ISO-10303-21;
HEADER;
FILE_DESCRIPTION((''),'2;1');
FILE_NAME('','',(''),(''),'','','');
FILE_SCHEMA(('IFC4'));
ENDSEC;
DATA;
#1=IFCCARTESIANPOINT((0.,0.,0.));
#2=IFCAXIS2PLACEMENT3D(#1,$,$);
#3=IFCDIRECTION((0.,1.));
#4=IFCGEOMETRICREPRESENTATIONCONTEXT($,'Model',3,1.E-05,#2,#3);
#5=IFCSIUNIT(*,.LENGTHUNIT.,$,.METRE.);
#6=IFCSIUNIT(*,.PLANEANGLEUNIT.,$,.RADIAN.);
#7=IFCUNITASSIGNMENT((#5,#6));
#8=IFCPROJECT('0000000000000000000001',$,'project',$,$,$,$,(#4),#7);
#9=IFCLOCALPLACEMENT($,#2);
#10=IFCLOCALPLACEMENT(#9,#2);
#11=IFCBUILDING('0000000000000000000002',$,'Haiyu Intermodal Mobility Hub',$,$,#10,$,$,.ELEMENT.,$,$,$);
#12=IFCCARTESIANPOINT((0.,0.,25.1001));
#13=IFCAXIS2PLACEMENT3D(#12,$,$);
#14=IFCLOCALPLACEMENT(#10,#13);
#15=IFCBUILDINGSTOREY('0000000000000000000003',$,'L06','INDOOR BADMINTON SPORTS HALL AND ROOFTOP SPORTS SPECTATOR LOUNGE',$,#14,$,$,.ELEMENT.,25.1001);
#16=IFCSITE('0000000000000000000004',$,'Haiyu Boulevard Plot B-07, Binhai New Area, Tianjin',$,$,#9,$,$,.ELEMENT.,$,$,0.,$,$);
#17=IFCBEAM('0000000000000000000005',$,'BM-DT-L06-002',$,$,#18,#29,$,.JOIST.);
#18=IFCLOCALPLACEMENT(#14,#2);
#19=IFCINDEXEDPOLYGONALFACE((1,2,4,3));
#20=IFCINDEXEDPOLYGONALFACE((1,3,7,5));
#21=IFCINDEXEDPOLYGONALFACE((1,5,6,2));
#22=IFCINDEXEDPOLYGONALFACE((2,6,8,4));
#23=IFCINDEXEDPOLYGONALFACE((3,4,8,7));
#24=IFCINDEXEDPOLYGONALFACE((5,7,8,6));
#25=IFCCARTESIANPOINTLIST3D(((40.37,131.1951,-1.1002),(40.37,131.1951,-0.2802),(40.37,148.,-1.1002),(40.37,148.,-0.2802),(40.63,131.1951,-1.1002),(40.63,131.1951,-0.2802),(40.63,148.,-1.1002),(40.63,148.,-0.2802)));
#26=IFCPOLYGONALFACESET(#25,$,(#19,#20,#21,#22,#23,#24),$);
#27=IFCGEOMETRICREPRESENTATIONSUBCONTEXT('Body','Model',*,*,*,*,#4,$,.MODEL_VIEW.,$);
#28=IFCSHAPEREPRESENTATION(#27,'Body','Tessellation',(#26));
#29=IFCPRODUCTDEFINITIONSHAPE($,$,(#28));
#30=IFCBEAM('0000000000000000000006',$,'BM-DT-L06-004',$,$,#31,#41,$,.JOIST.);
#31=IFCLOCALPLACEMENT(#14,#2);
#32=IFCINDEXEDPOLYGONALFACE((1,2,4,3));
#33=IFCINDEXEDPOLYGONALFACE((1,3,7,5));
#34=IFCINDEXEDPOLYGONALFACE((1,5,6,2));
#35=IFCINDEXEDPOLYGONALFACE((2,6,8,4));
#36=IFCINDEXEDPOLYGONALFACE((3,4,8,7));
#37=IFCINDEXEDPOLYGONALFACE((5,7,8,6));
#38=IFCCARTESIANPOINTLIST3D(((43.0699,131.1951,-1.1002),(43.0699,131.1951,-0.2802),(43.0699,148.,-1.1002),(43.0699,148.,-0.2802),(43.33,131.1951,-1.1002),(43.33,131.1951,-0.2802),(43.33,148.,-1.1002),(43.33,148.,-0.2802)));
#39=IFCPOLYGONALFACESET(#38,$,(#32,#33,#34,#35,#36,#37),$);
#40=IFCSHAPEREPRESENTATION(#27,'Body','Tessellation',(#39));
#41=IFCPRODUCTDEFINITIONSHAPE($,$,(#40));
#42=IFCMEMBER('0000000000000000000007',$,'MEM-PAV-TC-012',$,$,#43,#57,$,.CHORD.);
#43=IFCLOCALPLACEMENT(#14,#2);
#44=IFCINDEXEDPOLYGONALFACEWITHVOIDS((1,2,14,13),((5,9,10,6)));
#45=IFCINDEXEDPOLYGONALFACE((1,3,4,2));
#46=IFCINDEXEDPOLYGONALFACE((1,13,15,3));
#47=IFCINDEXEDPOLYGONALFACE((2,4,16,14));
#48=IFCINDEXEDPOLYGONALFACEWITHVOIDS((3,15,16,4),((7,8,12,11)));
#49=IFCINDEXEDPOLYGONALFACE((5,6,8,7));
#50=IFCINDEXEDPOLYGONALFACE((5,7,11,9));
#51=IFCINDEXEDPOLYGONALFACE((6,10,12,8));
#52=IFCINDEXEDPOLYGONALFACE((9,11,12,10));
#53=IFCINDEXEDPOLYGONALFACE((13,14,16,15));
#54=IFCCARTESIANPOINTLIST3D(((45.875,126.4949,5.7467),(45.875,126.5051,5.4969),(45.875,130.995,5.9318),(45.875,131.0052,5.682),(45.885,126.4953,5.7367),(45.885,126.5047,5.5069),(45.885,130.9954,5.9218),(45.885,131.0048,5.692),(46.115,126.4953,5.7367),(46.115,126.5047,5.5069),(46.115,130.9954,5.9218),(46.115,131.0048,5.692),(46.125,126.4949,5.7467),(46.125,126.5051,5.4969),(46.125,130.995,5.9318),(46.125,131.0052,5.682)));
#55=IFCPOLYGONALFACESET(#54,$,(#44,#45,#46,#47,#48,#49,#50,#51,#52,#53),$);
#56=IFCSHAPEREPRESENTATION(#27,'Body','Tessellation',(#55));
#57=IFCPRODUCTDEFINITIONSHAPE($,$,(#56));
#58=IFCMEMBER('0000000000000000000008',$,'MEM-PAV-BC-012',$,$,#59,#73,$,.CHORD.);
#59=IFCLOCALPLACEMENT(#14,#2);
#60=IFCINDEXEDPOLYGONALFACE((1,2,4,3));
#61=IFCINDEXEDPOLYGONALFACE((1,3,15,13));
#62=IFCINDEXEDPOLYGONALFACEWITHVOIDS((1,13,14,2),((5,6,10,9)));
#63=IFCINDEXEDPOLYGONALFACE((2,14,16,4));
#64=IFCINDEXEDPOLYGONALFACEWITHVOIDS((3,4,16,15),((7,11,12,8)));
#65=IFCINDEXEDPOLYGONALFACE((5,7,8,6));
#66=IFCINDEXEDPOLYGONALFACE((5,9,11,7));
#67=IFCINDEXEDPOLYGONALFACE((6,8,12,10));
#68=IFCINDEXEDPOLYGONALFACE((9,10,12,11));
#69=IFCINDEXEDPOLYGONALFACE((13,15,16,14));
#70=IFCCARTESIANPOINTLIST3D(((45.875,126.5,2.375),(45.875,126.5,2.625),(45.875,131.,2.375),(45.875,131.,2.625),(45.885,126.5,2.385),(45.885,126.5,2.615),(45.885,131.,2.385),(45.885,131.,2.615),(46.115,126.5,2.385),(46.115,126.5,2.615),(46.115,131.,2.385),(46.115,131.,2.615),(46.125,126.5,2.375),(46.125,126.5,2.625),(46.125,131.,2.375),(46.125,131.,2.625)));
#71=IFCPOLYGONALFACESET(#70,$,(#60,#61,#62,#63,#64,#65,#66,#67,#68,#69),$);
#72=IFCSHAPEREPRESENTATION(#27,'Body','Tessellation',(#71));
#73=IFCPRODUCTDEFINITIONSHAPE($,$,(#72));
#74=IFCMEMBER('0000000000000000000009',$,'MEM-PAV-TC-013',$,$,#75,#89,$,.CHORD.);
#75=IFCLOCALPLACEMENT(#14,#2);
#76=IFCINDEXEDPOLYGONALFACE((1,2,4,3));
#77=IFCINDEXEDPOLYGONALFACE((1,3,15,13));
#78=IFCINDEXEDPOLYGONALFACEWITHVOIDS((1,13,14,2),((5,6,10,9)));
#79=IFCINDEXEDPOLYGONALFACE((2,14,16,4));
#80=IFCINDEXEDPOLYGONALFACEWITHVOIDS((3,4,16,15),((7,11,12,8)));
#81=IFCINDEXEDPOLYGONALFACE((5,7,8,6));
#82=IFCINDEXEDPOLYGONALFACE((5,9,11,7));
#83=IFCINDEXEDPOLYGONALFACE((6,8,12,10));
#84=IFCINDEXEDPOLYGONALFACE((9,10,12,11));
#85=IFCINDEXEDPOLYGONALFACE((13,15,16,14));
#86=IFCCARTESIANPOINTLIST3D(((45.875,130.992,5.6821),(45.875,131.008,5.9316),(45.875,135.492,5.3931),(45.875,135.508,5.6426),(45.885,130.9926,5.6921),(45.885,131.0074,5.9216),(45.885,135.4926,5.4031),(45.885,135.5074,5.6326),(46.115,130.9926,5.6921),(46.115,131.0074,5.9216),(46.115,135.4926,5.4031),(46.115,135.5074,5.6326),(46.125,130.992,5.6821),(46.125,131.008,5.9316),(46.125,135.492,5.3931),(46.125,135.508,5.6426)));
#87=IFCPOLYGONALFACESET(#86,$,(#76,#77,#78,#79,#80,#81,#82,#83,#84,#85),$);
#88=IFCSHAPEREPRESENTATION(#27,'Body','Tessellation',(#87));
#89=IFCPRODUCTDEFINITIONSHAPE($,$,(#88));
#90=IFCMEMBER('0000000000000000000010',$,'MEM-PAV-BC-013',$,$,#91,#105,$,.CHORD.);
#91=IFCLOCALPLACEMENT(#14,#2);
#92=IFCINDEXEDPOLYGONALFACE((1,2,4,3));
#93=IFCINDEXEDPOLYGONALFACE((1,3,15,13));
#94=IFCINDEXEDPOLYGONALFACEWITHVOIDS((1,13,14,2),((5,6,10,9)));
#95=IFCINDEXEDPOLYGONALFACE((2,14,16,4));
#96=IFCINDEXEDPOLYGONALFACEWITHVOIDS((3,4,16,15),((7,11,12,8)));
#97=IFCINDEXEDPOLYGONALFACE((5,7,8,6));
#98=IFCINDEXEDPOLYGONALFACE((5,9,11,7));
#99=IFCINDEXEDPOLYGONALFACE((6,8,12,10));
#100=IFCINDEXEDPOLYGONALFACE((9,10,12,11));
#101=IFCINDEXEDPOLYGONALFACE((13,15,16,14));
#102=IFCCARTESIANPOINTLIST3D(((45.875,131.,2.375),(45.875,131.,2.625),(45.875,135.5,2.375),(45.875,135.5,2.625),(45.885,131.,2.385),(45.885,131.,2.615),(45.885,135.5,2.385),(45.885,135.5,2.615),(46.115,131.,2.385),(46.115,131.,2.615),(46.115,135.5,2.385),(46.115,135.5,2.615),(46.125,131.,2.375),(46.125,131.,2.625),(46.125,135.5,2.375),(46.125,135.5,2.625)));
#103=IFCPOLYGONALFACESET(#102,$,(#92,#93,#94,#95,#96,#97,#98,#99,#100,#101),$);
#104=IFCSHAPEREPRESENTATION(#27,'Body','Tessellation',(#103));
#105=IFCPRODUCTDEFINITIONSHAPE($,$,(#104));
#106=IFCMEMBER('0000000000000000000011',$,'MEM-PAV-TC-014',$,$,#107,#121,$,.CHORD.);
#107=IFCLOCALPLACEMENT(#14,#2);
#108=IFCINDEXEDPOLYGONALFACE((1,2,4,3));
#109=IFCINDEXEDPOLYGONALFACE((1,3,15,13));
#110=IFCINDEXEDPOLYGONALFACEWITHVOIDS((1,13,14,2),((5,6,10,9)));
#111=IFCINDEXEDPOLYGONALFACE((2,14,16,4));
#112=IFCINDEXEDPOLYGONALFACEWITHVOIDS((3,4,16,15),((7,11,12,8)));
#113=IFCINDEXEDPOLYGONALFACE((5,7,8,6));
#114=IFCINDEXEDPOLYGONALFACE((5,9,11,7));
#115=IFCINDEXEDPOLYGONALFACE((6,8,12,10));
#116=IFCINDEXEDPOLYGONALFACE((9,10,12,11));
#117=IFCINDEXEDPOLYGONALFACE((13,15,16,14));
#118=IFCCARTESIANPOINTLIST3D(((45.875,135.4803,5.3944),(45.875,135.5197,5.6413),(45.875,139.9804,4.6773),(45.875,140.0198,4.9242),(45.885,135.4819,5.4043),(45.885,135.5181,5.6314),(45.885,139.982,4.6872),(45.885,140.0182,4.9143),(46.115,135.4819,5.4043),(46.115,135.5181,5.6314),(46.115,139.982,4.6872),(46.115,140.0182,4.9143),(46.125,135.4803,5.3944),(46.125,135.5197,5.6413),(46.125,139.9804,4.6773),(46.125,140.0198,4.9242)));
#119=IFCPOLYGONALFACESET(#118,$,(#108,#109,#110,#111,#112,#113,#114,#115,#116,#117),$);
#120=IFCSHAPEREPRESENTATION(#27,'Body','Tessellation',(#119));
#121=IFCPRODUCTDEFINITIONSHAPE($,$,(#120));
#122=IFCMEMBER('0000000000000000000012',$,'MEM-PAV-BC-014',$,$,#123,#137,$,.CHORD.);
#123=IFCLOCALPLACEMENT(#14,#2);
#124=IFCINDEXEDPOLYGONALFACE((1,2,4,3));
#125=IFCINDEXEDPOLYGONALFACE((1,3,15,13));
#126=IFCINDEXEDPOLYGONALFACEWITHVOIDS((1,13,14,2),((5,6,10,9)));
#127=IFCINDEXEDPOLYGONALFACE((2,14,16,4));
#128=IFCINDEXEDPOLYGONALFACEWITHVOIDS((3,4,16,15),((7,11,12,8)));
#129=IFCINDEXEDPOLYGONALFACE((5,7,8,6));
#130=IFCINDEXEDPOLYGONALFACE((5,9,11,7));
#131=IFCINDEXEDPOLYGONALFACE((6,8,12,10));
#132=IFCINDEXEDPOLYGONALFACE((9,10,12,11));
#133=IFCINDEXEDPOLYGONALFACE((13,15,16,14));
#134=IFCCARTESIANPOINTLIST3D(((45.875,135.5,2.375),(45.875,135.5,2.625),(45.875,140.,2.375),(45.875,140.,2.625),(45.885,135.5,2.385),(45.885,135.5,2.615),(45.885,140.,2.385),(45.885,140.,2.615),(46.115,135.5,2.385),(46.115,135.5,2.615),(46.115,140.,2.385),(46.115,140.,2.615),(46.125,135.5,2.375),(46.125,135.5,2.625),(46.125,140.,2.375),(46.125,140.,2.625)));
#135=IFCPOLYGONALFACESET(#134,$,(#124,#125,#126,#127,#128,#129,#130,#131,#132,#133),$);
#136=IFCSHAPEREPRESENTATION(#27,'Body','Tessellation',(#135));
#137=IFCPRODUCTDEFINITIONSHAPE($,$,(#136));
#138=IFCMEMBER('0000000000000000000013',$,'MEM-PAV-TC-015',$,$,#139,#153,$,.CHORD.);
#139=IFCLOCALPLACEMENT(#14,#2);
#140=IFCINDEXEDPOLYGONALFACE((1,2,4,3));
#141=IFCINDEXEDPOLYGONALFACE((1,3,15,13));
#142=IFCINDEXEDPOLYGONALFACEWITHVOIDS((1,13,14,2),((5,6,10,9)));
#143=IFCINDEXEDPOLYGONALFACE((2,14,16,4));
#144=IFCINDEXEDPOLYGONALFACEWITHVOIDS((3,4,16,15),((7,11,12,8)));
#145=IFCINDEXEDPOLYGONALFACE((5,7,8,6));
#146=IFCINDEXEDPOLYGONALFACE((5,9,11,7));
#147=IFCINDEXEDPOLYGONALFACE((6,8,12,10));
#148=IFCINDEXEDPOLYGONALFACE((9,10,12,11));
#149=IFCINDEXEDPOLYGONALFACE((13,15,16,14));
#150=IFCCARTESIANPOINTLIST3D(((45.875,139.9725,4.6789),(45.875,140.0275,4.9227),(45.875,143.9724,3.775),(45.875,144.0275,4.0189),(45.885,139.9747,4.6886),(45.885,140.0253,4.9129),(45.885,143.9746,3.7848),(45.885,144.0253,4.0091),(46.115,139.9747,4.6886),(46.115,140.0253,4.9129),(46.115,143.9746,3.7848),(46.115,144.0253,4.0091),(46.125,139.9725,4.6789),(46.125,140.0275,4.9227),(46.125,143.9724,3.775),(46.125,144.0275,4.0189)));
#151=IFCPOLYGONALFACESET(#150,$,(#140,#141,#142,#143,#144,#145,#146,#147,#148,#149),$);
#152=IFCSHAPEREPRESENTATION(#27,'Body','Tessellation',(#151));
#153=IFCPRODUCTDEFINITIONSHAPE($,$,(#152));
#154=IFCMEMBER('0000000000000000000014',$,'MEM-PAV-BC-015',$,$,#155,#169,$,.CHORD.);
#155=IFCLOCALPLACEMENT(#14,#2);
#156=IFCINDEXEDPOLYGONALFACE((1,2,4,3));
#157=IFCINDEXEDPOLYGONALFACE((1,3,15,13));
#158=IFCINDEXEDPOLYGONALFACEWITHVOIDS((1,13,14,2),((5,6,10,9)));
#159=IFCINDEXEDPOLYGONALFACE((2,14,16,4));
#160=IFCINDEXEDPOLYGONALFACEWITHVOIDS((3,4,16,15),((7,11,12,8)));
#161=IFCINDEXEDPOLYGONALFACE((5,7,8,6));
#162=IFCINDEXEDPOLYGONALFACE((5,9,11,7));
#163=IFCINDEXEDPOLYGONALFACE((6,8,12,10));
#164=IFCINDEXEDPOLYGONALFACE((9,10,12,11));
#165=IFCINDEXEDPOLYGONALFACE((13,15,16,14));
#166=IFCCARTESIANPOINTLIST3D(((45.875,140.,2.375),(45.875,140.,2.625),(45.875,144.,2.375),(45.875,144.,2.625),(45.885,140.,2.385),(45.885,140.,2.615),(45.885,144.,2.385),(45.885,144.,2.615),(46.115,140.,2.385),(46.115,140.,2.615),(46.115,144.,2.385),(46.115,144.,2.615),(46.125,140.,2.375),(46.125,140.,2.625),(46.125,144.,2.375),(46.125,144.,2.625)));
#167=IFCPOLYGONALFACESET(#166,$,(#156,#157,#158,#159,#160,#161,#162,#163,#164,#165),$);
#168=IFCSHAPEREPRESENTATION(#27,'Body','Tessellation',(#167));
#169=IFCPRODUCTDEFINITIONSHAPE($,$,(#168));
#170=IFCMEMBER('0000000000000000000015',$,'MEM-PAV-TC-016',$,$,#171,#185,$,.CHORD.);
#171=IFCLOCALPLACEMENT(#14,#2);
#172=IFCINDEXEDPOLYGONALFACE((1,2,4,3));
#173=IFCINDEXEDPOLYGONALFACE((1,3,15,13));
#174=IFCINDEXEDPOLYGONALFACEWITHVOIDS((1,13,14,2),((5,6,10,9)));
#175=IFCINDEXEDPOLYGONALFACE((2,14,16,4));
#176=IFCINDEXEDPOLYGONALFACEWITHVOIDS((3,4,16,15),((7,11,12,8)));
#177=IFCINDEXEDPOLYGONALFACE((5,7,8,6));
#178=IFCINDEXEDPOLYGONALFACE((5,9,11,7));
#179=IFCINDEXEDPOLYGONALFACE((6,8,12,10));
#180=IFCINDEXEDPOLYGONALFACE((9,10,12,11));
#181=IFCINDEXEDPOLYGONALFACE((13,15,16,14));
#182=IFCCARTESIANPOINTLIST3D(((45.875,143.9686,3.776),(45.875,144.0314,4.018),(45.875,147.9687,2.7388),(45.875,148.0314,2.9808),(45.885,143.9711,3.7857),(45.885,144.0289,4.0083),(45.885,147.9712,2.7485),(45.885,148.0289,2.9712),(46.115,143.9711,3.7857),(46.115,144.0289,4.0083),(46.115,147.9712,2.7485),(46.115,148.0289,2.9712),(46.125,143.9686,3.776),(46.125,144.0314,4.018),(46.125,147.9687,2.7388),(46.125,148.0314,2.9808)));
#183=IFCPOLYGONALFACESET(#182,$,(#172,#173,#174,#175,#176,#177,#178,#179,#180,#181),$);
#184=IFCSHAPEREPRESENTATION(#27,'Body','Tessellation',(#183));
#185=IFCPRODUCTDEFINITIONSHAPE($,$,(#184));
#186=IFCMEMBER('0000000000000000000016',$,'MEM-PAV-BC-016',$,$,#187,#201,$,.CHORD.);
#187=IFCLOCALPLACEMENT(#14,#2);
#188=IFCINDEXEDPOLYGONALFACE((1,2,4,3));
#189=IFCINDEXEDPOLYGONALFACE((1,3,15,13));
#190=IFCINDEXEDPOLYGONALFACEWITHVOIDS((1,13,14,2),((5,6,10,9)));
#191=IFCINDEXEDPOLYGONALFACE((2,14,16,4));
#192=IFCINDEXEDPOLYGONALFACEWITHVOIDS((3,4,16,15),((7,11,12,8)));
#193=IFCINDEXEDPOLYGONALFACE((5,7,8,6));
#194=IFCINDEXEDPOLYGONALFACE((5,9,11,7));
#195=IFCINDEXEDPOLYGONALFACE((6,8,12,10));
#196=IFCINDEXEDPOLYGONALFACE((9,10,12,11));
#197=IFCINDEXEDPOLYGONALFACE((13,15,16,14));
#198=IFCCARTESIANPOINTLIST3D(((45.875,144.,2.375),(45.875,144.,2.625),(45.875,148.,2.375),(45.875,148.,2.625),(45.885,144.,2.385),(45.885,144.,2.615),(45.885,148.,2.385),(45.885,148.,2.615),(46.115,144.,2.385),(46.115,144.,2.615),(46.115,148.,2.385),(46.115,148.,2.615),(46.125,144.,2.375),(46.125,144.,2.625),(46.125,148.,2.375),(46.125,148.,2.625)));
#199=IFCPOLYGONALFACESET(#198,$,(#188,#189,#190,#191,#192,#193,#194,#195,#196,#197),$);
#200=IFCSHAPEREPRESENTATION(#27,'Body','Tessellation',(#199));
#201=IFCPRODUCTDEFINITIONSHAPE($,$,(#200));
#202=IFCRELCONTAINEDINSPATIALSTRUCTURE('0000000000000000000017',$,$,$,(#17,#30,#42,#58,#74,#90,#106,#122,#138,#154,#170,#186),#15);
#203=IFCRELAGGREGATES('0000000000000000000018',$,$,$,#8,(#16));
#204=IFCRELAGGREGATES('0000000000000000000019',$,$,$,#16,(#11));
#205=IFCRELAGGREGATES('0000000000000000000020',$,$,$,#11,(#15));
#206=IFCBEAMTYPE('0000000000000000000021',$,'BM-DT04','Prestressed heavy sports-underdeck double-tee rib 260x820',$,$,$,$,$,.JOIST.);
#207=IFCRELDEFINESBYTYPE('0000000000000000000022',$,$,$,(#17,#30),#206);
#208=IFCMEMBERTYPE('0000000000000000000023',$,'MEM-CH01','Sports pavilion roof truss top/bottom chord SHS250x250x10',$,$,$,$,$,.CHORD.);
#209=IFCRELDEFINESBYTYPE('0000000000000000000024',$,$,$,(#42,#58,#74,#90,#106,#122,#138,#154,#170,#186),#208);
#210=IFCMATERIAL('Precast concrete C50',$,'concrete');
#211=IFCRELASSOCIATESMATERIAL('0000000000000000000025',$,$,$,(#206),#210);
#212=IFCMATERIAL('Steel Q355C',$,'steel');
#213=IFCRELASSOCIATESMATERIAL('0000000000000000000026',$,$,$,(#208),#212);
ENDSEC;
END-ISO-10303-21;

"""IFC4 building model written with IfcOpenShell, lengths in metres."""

from ifc_helpers import new_model, si_unit, direction, frame, origin, origin_2d, place, context, subcontext, project, spatial, rectangle, hollow_rectangle, extrude, material, material_profile, profile_set, type_object, element, save


model = new_model("IFC4")

# Units and contexts
model_context = context("Model", 3, precision=1e-05, world=origin(), true_north=direction((0.0, 1.0)))
body_context = subcontext(model_context, "Body", "Model", "MODEL_VIEW")
ifc_project = project(units=[si_unit("LENGTHUNIT", "METRE"), si_unit("PLANEANGLEUNIT", "RADIAN")], contexts=[model_context])

# Site, building, storey
site_placement = place(None, origin())
site = spatial("IfcSite", under=ifc_project, at=site_placement, Name="Haiyu Boulevard Plot B-07, Binhai New Area, Tianjin", CompositionType="ELEMENT", RefElevation=0.0)
building_placement = place(site_placement, origin())
building = spatial("IfcBuilding", under=site, at=building_placement, Name="Haiyu Intermodal Mobility Hub", CompositionType="ELEMENT")
storey_placement = place(building_placement, frame((0.0, 0.0, 25.1001)))
storey = spatial("IfcBuildingStorey", under=building, at=storey_placement, Name="L06", Description="INDOOR BADMINTON SPORTS HALL AND ROOFTOP SPORTS SPECTATOR LOUNGE", CompositionType="ELEMENT", Elevation=25.1001)

# Beams
ifc_material_1 = material(Name="Precast concrete C50", Category="concrete")
ifc_material_profile_1 = material_profile(ifc_material_1, rectangle(XDim=0.26, YDim=0.8201, at=origin_2d()), Name="PC260x820")
ifc_profile_set_1 = profile_set([ifc_material_profile_1], Name="Precast concrete C50")
beam_type = type_object("IfcBeamType", Name="BM-DT04", Description="Prestressed heavy sports-underdeck double-tee rib 260x820", PredefinedType="JOIST", material=ifc_profile_set_1)
for number, where, z_axis, x_axis, name in (
    (1, (40.5, 131.1951, -0.6902), (0.0, 1.0, 0.0), (-1.0, 0.0, 0.0), "BM-DT-L06-002"),
    (2, (43.2, 131.1951, -0.6902), (0.0, 1.0, 0.0), (-1.0, 0.0, 0.0), "BM-DT-L06-004"),
):
    element("IfcBeam", number, at=place(storey_placement, frame(where, z_axis=z_axis, x_axis=x_axis)), inside=storey, type_object=beam_type, Name=name, PredefinedType="JOIST", context=body_context, shape_type="SweptSolid", body=[
        extrude(rectangle(XDim=0.26, YDim=0.8201, at=origin_2d()), origin(), (0.0, 0.0, 1.0), 16.8049),
    ])

# Members
ifc_material_2 = material(Name="Steel Q355C", Category="steel")
ifc_material_profile_2 = material_profile(ifc_material_2, hollow_rectangle(XDim=0.25, YDim=0.25, WallThickness=0.01, at=origin_2d()), Name="SHS250x250x10")
ifc_profile_set_2 = profile_set([ifc_material_profile_2], Name="Steel Q355C")
member_type_1 = type_object("IfcMemberType", Name="MEM-CH01", Description="Sports pavilion roof truss top/bottom chord SHS250x250x10", PredefinedType="CHORD", material=ifc_profile_set_2)
member_1_placement = place(storey_placement, frame((46.0, 126.5, 5.6218), z_axis=(0.0, 0.999155, 0.041089), x_axis=(-1.0, 0.0, 0.0)))
element("IfcMember", 3, at=member_1_placement, inside=storey, type_object=member_type_1, Name="MEM-PAV-TC-012", PredefinedType="CHORD", context=body_context, shape_type="SweptSolid", body=[
    extrude(hollow_rectangle(XDim=0.25, YDim=0.25, WallThickness=0.01, at=origin_2d()), origin(), (0.0, 0.0, 1.0), 4.5039),
])
member_2_placement = place(storey_placement, frame((46.0, 126.5, 2.5), z_axis=(0.0, 1.0, 0.0), x_axis=(-1.0, 0.0, 0.0)))
element("IfcMember", 4, at=member_2_placement, inside=storey, type_object=member_type_1, Name="MEM-PAV-BC-012", PredefinedType="CHORD", context=body_context, shape_type="SweptSolid", body=[
    extrude(hollow_rectangle(XDim=0.25, YDim=0.25, WallThickness=0.01, at=origin_2d()), origin(), (0.0, 0.0, 1.0), 4.5),
])
member_3_placement = place(storey_placement, frame((46.0, 131.0, 5.8069), z_axis=(0.0, 0.997943, -0.064104), x_axis=(-1.0, 0.0, 0.0)))
element("IfcMember", 5, at=member_3_placement, inside=storey, type_object=member_type_1, Name="MEM-PAV-TC-013", PredefinedType="CHORD", context=body_context, shape_type="SweptSolid", body=[
    extrude(hollow_rectangle(XDim=0.25, YDim=0.25, WallThickness=0.01, at=origin_2d()), origin(), (0.0, 0.0, 1.0), 4.5093),
])
member_4_placement = place(storey_placement, frame((46.0, 131.0, 2.5), z_axis=(0.0, 1.0, 0.0), x_axis=(-1.0, 0.0, 0.0)))
element("IfcMember", 6, at=member_4_placement, inside=storey, type_object=member_type_1, Name="MEM-PAV-BC-013", PredefinedType="CHORD", context=body_context, shape_type="SweptSolid", body=[
    extrude(hollow_rectangle(XDim=0.25, YDim=0.25, WallThickness=0.01, at=origin_2d()), origin(), (0.0, 0.0, 1.0), 4.5),
])
member_5_placement = place(storey_placement, frame((46.0, 135.5, 5.5178), z_axis=(0.0, 0.987542, -0.157357), x_axis=(-1.0, 0.0, 0.0)))
element("IfcMember", 7, at=member_5_placement, inside=storey, type_object=member_type_1, Name="MEM-PAV-TC-014", PredefinedType="CHORD", context=body_context, shape_type="SweptSolid", body=[
    extrude(hollow_rectangle(XDim=0.25, YDim=0.25, WallThickness=0.01, at=origin_2d()), origin(), (0.0, 0.0, 1.0), 4.5569),
])
member_6_placement = place(storey_placement, frame((46.0, 135.5, 2.5), z_axis=(0.0, 1.0, 0.0), x_axis=(-1.0, 0.0, 0.0)))
element("IfcMember", 8, at=member_6_placement, inside=storey, type_object=member_type_1, Name="MEM-PAV-BC-014", PredefinedType="CHORD", context=body_context, shape_type="SweptSolid", body=[
    extrude(hollow_rectangle(XDim=0.25, YDim=0.25, WallThickness=0.01, at=origin_2d()), origin(), (0.0, 0.0, 1.0), 4.5),
])
member_7_placement = place(storey_placement, frame((46.0, 140.0, 4.8008), z_axis=(0.0, 0.97541, -0.220396), x_axis=(-1.0, 0.0, 0.0)))
element("IfcMember", 9, at=member_7_placement, inside=storey, type_object=member_type_1, Name="MEM-PAV-TC-015", PredefinedType="CHORD", context=body_context, shape_type="SweptSolid", body=[
    extrude(hollow_rectangle(XDim=0.25, YDim=0.25, WallThickness=0.01, at=origin_2d()), origin(), (0.0, 0.0, 1.0), 4.1008),
])
member_8_placement = place(storey_placement, frame((46.0, 140.0, 2.5), z_axis=(0.0, 1.0, 0.0), x_axis=(-1.0, 0.0, 0.0)))
element("IfcMember", 10, at=member_8_placement, inside=storey, type_object=member_type_1, Name="MEM-PAV-BC-015", PredefinedType="CHORD", context=body_context, shape_type="SweptSolid", body=[
    extrude(hollow_rectangle(XDim=0.25, YDim=0.25, WallThickness=0.01, at=origin_2d()), origin(), (0.0, 0.0, 1.0), 4.0),
])
member_9_placement = place(storey_placement, frame((46.0, 144.0, 3.897), z_axis=(0.0, 0.967993, -0.250979), x_axis=(-1.0, 0.0, 0.0)))
element("IfcMember", 11, at=member_9_placement, inside=storey, type_object=member_type_1, Name="MEM-PAV-TC-016", PredefinedType="CHORD", context=body_context, shape_type="SweptSolid", body=[
    extrude(hollow_rectangle(XDim=0.25, YDim=0.25, WallThickness=0.01, at=origin_2d()), origin(), (0.0, 0.0, 1.0), 4.1323),
])
member_10_placement = place(storey_placement, frame((46.0, 144.0, 2.5), z_axis=(0.0, 1.0, 0.0), x_axis=(-1.0, 0.0, 0.0)))
element("IfcMember", 12, at=member_10_placement, inside=storey, type_object=member_type_1, Name="MEM-PAV-BC-016", PredefinedType="CHORD", context=body_context, shape_type="SweptSolid", body=[
    extrude(hollow_rectangle(XDim=0.25, YDim=0.25, WallThickness=0.01, at=origin_2d()), origin(), (0.0, 0.0, 1.0), 4.0),
])

save(model, "model.ifc")
